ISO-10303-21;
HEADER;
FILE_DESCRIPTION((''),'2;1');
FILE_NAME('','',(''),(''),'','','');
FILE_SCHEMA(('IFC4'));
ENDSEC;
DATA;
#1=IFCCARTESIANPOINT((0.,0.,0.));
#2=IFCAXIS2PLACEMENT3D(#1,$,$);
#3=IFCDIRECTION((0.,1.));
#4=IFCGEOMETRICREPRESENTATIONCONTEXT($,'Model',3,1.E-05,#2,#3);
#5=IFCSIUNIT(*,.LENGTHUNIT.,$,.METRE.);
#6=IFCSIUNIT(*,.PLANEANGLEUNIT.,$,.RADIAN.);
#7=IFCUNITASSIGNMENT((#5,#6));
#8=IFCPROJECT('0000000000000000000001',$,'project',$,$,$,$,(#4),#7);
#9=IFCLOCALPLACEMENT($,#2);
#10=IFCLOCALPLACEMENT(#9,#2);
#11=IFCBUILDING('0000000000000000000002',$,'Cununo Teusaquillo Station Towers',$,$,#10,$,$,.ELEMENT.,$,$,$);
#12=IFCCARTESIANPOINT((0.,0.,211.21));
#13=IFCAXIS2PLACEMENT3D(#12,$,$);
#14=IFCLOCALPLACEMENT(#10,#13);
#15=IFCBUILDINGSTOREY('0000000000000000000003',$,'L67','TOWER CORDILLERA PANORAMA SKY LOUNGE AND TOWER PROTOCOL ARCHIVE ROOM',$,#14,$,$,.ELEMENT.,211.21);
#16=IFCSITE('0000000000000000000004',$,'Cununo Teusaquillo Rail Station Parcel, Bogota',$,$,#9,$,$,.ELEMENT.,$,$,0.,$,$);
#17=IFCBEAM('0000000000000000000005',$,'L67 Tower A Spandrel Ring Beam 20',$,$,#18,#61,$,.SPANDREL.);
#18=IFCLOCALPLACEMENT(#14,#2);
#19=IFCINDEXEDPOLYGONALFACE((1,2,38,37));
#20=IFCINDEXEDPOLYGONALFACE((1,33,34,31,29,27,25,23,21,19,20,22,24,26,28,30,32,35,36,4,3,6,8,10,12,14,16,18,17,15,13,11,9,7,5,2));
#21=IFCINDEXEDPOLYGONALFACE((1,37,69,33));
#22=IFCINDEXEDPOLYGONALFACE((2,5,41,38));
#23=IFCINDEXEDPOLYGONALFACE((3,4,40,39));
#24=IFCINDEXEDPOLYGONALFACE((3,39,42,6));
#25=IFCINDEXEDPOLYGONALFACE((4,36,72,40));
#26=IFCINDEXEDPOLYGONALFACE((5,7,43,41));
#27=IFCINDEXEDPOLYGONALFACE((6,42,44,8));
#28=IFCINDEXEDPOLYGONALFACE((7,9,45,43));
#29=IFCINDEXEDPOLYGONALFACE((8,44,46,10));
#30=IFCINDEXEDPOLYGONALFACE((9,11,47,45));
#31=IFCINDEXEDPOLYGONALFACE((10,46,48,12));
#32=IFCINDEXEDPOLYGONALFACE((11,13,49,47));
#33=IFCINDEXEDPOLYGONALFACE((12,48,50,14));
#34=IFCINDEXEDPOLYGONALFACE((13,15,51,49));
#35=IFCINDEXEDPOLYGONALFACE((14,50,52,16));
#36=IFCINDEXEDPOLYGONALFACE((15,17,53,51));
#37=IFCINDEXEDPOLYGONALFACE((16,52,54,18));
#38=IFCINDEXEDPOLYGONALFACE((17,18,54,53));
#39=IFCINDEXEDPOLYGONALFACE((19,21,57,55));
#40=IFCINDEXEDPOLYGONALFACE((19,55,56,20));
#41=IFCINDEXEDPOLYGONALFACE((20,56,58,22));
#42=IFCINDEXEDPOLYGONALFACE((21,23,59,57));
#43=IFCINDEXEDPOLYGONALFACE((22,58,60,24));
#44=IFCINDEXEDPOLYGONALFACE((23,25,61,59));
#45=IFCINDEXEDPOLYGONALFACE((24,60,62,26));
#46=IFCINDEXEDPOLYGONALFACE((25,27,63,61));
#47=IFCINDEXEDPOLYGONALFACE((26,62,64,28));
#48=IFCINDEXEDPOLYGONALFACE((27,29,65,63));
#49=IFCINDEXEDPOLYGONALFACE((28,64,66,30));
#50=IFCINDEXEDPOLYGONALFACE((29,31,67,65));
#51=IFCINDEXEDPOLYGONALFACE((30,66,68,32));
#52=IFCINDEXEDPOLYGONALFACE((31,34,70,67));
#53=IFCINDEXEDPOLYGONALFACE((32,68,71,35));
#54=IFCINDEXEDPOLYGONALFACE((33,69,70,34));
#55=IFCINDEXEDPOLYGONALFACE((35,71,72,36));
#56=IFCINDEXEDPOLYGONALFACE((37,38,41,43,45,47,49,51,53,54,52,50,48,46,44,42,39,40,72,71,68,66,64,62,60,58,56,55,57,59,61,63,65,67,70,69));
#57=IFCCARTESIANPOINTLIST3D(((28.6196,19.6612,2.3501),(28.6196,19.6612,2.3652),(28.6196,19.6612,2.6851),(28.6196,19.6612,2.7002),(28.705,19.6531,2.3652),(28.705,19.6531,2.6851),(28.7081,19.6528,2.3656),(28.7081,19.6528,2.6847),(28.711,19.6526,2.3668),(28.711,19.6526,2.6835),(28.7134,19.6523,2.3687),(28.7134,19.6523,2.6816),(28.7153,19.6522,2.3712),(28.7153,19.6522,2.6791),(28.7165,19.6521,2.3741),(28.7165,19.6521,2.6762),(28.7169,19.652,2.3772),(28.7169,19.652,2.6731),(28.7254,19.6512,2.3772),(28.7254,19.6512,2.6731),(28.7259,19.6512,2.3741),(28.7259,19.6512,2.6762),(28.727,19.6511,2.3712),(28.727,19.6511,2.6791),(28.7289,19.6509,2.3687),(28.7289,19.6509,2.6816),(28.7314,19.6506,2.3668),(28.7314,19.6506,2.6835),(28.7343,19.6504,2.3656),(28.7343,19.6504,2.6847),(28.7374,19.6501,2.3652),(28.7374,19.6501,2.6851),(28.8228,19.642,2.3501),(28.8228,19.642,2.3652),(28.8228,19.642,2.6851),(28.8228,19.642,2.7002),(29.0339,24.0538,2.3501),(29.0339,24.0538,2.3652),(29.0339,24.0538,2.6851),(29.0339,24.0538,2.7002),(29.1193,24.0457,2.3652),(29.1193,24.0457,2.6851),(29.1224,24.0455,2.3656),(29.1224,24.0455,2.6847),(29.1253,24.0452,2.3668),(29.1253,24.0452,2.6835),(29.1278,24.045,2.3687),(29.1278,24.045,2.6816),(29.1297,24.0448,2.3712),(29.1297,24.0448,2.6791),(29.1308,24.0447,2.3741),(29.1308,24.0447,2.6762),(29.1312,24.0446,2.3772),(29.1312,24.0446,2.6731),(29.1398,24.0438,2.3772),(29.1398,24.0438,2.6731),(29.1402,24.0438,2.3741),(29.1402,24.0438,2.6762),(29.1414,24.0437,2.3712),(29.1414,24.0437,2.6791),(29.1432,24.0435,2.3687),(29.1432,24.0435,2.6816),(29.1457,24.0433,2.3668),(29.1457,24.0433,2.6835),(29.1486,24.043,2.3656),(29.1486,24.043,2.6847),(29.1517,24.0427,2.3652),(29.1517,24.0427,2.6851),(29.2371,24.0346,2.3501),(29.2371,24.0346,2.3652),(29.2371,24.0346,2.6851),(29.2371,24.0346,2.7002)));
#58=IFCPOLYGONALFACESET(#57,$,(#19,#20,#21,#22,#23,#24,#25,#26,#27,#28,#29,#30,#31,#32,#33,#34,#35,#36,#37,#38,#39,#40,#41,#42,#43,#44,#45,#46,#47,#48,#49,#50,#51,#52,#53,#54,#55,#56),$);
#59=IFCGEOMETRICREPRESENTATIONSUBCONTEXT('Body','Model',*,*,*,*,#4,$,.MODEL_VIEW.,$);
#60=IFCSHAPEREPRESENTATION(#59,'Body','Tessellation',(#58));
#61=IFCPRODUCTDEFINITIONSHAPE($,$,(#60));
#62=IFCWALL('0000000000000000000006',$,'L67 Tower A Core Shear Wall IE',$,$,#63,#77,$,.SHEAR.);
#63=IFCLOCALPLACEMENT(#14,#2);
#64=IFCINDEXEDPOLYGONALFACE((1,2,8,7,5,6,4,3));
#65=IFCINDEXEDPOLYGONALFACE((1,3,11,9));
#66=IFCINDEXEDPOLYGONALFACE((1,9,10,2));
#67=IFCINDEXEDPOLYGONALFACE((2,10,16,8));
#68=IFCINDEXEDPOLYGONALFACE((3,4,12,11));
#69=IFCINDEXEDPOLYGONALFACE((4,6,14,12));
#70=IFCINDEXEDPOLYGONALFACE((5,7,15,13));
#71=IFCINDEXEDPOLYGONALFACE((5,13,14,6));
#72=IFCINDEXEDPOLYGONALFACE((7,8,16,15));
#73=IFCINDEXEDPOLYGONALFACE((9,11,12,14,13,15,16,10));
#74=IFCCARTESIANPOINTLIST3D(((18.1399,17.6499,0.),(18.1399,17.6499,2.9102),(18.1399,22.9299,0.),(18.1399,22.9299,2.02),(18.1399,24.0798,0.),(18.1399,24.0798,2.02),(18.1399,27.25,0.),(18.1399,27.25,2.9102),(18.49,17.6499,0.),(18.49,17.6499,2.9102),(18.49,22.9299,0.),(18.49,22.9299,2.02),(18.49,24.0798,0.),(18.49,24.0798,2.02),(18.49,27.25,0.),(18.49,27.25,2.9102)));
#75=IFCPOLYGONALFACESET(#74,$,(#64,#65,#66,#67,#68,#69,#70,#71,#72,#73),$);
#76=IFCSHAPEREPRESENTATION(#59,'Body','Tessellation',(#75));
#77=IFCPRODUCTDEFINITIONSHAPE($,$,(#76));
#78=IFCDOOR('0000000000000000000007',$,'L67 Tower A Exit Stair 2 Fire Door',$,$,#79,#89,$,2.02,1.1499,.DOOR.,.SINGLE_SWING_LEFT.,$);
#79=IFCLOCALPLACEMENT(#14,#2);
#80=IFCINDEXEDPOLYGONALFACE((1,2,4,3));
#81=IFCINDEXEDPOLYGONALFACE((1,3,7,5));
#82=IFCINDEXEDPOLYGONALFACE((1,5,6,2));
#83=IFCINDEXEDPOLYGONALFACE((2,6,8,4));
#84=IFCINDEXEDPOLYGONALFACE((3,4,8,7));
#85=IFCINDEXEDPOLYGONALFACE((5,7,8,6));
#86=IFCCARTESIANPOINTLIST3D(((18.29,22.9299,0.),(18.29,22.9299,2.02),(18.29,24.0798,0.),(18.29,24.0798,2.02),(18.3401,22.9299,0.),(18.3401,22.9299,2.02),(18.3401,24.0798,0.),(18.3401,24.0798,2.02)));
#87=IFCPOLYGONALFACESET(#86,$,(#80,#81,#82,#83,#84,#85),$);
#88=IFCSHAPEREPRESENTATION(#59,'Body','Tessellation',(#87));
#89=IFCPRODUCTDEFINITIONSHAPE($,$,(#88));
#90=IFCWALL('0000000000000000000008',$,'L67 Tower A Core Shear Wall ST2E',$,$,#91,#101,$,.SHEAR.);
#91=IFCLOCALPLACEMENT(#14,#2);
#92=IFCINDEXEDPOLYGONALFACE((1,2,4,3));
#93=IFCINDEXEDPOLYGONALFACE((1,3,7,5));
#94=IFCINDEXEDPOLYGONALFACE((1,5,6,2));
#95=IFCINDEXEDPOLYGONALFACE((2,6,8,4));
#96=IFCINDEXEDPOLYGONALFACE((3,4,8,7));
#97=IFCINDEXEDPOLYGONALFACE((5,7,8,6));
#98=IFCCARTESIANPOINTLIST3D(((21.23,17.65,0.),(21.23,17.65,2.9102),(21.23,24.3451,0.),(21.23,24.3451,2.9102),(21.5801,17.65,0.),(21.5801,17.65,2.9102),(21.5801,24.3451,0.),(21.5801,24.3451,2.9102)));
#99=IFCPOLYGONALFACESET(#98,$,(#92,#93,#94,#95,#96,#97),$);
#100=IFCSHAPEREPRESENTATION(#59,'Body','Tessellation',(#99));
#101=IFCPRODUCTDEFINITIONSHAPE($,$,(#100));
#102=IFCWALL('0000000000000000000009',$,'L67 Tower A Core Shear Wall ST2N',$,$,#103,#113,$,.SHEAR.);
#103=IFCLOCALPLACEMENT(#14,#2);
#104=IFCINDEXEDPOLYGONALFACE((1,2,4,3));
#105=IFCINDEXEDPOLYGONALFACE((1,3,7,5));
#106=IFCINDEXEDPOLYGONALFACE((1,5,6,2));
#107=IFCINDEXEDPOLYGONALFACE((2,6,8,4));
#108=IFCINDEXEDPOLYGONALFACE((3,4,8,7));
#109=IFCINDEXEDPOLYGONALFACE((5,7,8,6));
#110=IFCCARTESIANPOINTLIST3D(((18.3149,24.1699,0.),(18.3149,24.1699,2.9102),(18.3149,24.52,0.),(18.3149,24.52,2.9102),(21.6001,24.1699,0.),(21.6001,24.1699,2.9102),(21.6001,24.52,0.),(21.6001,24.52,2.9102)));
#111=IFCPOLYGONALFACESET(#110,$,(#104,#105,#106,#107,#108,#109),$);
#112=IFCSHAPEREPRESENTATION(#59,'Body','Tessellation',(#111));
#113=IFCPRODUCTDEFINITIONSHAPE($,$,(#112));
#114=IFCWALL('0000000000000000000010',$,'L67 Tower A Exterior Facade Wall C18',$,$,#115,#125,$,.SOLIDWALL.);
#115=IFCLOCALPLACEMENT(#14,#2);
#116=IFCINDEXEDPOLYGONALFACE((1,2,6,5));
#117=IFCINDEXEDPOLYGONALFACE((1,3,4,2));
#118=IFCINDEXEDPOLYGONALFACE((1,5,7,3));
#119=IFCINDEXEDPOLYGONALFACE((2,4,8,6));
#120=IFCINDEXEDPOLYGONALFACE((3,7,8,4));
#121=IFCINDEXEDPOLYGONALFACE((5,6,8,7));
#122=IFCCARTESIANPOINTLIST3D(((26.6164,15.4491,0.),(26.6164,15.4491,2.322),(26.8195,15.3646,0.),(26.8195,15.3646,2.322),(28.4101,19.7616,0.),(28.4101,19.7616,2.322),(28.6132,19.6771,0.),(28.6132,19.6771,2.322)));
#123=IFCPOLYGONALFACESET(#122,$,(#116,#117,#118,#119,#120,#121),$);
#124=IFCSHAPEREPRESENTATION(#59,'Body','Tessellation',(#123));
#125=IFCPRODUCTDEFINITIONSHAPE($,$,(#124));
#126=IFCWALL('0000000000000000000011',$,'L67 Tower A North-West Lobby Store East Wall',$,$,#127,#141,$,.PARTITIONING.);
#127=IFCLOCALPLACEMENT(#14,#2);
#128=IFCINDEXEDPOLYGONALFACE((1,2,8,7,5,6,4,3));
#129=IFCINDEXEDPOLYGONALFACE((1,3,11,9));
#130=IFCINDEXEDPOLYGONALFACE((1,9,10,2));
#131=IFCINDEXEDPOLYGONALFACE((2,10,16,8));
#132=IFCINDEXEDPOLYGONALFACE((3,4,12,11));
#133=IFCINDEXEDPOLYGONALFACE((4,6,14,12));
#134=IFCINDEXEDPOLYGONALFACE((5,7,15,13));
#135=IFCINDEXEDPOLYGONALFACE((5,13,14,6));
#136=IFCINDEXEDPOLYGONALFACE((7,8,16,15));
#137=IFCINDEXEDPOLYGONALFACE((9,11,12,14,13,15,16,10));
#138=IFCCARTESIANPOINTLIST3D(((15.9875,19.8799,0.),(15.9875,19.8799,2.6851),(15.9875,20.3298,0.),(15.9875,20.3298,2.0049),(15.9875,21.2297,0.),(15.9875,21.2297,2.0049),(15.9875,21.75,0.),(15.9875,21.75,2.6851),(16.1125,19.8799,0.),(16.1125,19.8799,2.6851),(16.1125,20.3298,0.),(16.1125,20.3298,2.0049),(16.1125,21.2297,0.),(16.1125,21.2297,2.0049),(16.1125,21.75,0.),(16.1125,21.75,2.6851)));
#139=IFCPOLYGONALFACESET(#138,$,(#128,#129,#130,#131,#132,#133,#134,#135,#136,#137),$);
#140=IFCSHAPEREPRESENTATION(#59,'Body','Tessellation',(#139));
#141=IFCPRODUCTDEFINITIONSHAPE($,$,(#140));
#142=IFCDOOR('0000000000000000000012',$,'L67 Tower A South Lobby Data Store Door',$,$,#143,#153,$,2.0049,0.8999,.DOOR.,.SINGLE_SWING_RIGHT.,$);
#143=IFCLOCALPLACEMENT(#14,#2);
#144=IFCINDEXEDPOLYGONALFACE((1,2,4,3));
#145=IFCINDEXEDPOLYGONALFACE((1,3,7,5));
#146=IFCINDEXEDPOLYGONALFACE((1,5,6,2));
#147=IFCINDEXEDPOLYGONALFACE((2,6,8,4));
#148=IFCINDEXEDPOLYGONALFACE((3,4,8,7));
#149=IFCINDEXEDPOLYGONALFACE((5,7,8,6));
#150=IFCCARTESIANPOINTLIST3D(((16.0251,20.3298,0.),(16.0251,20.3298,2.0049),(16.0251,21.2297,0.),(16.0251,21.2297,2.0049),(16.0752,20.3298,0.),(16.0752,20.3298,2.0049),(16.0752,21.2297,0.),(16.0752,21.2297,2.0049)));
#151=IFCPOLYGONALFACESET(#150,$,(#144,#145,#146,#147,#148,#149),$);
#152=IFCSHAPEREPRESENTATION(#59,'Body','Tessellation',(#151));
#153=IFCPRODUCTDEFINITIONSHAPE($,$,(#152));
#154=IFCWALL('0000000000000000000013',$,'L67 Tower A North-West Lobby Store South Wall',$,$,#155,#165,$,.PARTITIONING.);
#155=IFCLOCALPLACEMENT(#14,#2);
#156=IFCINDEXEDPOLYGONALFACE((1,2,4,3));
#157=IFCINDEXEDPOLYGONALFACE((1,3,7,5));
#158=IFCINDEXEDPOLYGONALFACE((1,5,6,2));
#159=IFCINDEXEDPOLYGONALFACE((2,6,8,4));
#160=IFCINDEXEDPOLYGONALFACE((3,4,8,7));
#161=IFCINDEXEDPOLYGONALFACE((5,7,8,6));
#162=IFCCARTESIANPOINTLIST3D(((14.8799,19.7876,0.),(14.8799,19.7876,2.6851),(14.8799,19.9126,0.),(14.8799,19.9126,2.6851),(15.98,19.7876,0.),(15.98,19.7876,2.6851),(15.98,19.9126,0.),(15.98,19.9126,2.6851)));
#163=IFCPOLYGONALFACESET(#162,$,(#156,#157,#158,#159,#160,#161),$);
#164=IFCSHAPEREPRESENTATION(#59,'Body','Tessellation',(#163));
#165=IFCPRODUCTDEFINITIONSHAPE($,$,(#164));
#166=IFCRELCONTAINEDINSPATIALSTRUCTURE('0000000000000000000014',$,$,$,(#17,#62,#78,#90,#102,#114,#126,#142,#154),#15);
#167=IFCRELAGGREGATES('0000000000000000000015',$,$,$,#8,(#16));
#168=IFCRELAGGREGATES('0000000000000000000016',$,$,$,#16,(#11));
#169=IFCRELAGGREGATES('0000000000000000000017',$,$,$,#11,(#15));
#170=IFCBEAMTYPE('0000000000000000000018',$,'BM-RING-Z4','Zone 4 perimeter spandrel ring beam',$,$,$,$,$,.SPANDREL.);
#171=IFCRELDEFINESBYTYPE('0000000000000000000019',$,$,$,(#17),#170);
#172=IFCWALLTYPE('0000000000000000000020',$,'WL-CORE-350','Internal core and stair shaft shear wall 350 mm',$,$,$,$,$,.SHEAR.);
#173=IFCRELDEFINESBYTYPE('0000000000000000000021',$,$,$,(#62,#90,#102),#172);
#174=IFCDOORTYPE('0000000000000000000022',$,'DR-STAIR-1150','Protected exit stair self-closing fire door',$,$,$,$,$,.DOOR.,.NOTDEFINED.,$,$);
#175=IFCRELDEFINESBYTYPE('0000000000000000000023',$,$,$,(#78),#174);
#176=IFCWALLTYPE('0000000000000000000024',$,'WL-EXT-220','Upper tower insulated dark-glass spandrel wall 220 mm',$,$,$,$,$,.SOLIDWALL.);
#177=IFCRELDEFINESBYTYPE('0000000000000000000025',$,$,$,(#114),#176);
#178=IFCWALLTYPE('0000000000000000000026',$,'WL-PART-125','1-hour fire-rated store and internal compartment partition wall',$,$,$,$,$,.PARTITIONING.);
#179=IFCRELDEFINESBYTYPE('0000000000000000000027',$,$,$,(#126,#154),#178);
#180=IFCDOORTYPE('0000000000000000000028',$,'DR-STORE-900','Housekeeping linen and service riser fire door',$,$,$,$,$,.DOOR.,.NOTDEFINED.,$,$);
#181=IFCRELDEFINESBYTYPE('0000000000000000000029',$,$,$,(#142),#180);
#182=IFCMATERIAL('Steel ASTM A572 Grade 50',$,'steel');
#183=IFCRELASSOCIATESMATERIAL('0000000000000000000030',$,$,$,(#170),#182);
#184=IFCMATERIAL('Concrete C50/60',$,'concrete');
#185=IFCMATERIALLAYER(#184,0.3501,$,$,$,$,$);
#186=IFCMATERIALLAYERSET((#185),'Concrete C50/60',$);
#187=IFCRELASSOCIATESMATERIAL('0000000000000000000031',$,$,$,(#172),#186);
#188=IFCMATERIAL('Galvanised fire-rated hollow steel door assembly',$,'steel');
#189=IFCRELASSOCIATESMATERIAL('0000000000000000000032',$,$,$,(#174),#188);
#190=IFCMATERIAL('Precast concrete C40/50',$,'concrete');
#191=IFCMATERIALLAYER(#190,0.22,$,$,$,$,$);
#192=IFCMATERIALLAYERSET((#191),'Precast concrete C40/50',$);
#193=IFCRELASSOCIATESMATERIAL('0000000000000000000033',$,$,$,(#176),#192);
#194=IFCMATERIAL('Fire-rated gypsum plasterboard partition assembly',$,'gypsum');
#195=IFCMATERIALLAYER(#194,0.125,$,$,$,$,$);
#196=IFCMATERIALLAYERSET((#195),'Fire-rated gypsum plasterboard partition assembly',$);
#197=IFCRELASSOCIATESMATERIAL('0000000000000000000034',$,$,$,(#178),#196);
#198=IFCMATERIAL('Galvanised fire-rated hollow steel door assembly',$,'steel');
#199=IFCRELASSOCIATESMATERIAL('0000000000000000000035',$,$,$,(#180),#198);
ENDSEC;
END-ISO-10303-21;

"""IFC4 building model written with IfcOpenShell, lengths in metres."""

from ifc_helpers import new_model, si_unit, direction, frame, frame_2d, origin, origin_2d, place, context, subcontext, project, spatial, rectangle, i_section, extrude, source, transform, mapped, material, layer, layer_set, material_profile, profile_set, type_object, element, fill, save


model = new_model("IFC4")

# Units and contexts
model_context = context("Model", 3, precision=1e-05, world=origin(), true_north=direction((0.0, 1.0)))
body_context = subcontext(model_context, "Body", "Model", "MODEL_VIEW")
ifc_project = project(units=[si_unit("LENGTHUNIT", "METRE"), si_unit("PLANEANGLEUNIT", "RADIAN")], contexts=[model_context])

# Site, building, storey
site_placement = place(None, origin())
site = spatial("IfcSite", under=ifc_project, at=site_placement, Name="Cununo Teusaquillo Rail Station Parcel, Bogota", CompositionType="ELEMENT", RefElevation=0.0)
building_placement = place(site_placement, origin())
building = spatial("IfcBuilding", under=site, at=building_placement, Name="Cununo Teusaquillo Station Towers", CompositionType="ELEMENT")
storey_placement = place(building_placement, frame((0.0, 0.0, 211.21)))
storey = spatial("IfcBuildingStorey", under=building, at=storey_placement, Name="L67", Description="TOWER CORDILLERA PANORAMA SKY LOUNGE AND TOWER PROTOCOL ARCHIVE ROOM", CompositionType="ELEMENT", Elevation=211.21)

# Beam
ifc_material_1 = material(Name="Steel ASTM A572 Grade 50", Category="steel")
ifc_material_profile_1 = material_profile(ifc_material_1, i_section(OverallWidth=0.2041, OverallDepth=0.3501, WebThickness=0.0085, FlangeThickness=0.0151, FilletRadius=0.012, at=origin_2d()), Name="W14X48")
ifc_profile_set_1 = profile_set([ifc_material_profile_1], Name="Steel ASTM A572 Grade 50")
beam_type_1 = type_object("IfcBeamType", Name="BM-RING-Z4", Description="Zone 4 perimeter spandrel ring beam", PredefinedType="SPANDREL", material=ifc_profile_set_1)
beam_1_placement = place(storey_placement, frame((28.7212, 19.6516, 2.5251), z_axis=(0.093903, 0.995581, 0.0), x_axis=(-0.995581, 0.093903, 0.0)))
element("IfcBeam", 1, at=beam_1_placement, inside=storey, type_object=beam_type_1, Name="L67 Tower A Spandrel Ring Beam 20", PredefinedType="SPANDREL", context=body_context, shape_type="SweptSolid", body=[
    extrude(i_section(OverallWidth=0.2041, OverallDepth=0.3501, WebThickness=0.0085, FlangeThickness=0.0151, FilletRadius=0.012, at=origin_2d()), origin(), (0.0, 0.0, 1.0), 4.4121),
])

# Wall, opening, door
ifc_material_2 = material(Name="Concrete C50/60", Category="concrete")
ifc_layer_1 = layer(ifc_material_2, 0.3501)
ifc_layer_set_1 = layer_set([ifc_layer_1], Name="Concrete C50/60")
wall_type_1 = type_object("IfcWallType", Name="WL-CORE-350", Description="Internal core and stair shaft shear wall 350 mm", PredefinedType="SHEAR", material=ifc_layer_set_1)
wall_1_placement = place(storey_placement, frame((18.3149, 17.6499, 0.0), z_axis=(0.0, 0.0, 1.0), x_axis=(0.0, 1.0, 0.0)))
wall_1 = element("IfcWall", 2, at=wall_1_placement, inside=storey, type_object=wall_type_1, Name="L67 Tower A Core Shear Wall IE", PredefinedType="SHEAR", context=body_context, shape_type="SweptSolid", body=[
    extrude(rectangle(XDim=9.6001, YDim=0.3501, at=frame_2d((4.8, 0.0))), origin(), (0.0, 0.0, 1.0), 2.9102),
])
shared_shape_1 = source(origin(), body_context, "Body", "SweptSolid", [
    extrude(rectangle(XDim=1.1499, YDim=2.02, at=frame_2d((0.575, 1.01))), frame((0.0, 0.1851, 0.0), z_axis=(0.0, -1.0, 0.0), x_axis=(1.0, 0.0, 0.0)), (0.0, 0.0, 1.0), 0.3701),
])
opening_1_placement = place(wall_1_placement, frame((5.28, 0.0, 0.0)))
opening_1 = element("IfcOpeningElement", 3, at=opening_1_placement, cuts=wall_1, PredefinedType="OPENING", context=body_context, shape_type="MappedRepresentation", body=[
    mapped(shared_shape_1, transform((0.0, 0.0, 0.0), x_axis=(1.0, 0.0, 0.0), y_axis=(0.0, 1.0, 0.0), z_axis=(0.0, 0.0, 1.0), scale=1.0)),
])
ifc_material_3 = material(Name="Galvanised fire-rated hollow steel door assembly", Category="steel")
door_type_1 = type_object("IfcDoorType", Name="DR-STAIR-1150", Description="Protected exit stair self-closing fire door", OperationType="NOTDEFINED", PredefinedType="DOOR", material=ifc_material_3)
shared_shape_2 = source(origin(), body_context, "Body", "SweptSolid", [
    extrude(rectangle(XDim=1.1499, YDim=2.02, at=frame_2d((0.575, 1.01))), frame((0.0, 0.0249, 0.0), z_axis=(0.0, -1.0, 0.0), x_axis=(1.0, 0.0, 0.0)), (0.0, 0.0, 1.0), 0.05),
])
door_1_placement = place(opening_1_placement, origin())
door_1 = element("IfcDoor", 4, at=door_1_placement, inside=storey, type_object=door_type_1, Name="L67 Tower A Exit Stair 2 Fire Door", OperationType="SINGLE_SWING_LEFT", OverallHeight=2.02, OverallWidth=1.1499, PredefinedType="DOOR", context=body_context, shape_type="MappedRepresentation", body=[
    mapped(shared_shape_2, transform((0.0, 0.0, 0.0), x_axis=(1.0, 0.0, 0.0), y_axis=(0.0, 1.0, 0.0), z_axis=(0.0, 0.0, 1.0), scale=1.0)),
])
fill(opening_1, door_1)

# Walls
wall_2_placement = place(storey_placement, frame((21.405, 17.6499, 0.0), z_axis=(0.0, 0.0, 1.0), x_axis=(0.0, 1.0, 0.0)))
element("IfcWall", 5, at=wall_2_placement, inside=storey, type_object=wall_type_1, Name="L67 Tower A Core Shear Wall ST2E", PredefinedType="SHEAR", context=body_context, shape_type="SweptSolid", body=[
    extrude(rectangle(XDim=6.6951, YDim=0.3501, at=frame_2d((3.3477, 0.0))), origin(), (0.0, 0.0, 1.0), 2.9102),
])
wall_3_placement = place(storey_placement, frame((18.3149, 24.345, 0.0), z_axis=(0.0, 0.0, 1.0), x_axis=(1.0, 0.0, 0.0)))
element("IfcWall", 6, at=wall_3_placement, inside=storey, type_object=wall_type_1, Name="L67 Tower A Core Shear Wall ST2N", PredefinedType="SHEAR", context=body_context, shape_type="SweptSolid", body=[
    extrude(rectangle(XDim=3.2852, YDim=0.3501, at=frame_2d((1.6426, 0.0))), origin(), (0.0, 0.0, 1.0), 2.9102),
])
ifc_material_4 = material(Name="Precast concrete C40/50", Category="concrete")
ifc_layer_2 = layer(ifc_material_4, 0.22)
ifc_layer_set_2 = layer_set([ifc_layer_2], Name="Precast concrete C40/50")
wall_type_2 = type_object("IfcWallType", Name="WL-EXT-220", Description="Upper tower insulated dark-glass spandrel wall 220 mm", PredefinedType="SOLIDWALL", material=ifc_layer_set_2)
wall_4_placement = place(storey_placement, frame((28.5117, 19.7195, 0.0), z_axis=(0.0, 0.0, 1.0), x_axis=(-0.384036, -0.923318, 0.0)))
element("IfcWall", 7, at=wall_4_placement, inside=storey, type_object=wall_type_2, Name="L67 Tower A Exterior Facade Wall C18", PredefinedType="SOLIDWALL", context=body_context, shape_type="SweptSolid", body=[
    extrude(rectangle(XDim=4.6707, YDim=0.22, at=frame_2d((2.3354, 0.0))), origin(), (0.0, 0.0, 1.0), 2.322),
])

# Wall, opening, door
ifc_material_5 = material(Name="Fire-rated gypsum plasterboard partition assembly", Category="gypsum")
ifc_layer_3 = layer(ifc_material_5, 0.125)
ifc_layer_set_3 = layer_set([ifc_layer_3], Name="Fire-rated gypsum plasterboard partition assembly")
wall_type_3 = type_object("IfcWallType", Name="WL-PART-125", Description="1-hour fire-rated store and internal compartment partition wall", PredefinedType="PARTITIONING", material=ifc_layer_set_3)
wall_5_placement = place(storey_placement, frame((16.05, 19.8799, 0.0), z_axis=(0.0, 0.0, 1.0), x_axis=(0.0, 1.0, 0.0)))
wall_5 = element("IfcWall", 8, at=wall_5_placement, inside=storey, type_object=wall_type_3, Name="L67 Tower A North-West Lobby Store East Wall", PredefinedType="PARTITIONING", context=body_context, shape_type="SweptSolid", body=[
    extrude(rectangle(XDim=1.8701, YDim=0.125, at=frame_2d((0.9351, 0.0))), origin(), (0.0, 0.0, 1.0), 2.6851),
])
shared_shape_3 = source(origin(), body_context, "Body", "SweptSolid", [
    extrude(rectangle(XDim=0.8999, YDim=2.0049, at=frame_2d((0.45, 1.0024))), frame((0.0, 0.0725, 0.0), z_axis=(0.0, -1.0, 0.0), x_axis=(1.0, 0.0, 0.0)), (0.0, 0.0, 1.0), 0.145),
])
opening_2_placement = place(wall_5_placement, frame((0.45, 0.0, 0.0)))
opening_2 = element("IfcOpeningElement", 9, at=opening_2_placement, cuts=wall_5, PredefinedType="OPENING", context=body_context, shape_type="MappedRepresentation", body=[
    mapped(shared_shape_3, transform((0.0, 0.0, 0.0), x_axis=(1.0, 0.0, 0.0), y_axis=(0.0, 1.0, 0.0), z_axis=(0.0, 0.0, 1.0), scale=1.0)),
])
ifc_material_6 = material(Name="Galvanised fire-rated hollow steel door assembly", Category="steel")
door_type_2 = type_object("IfcDoorType", Name="DR-STORE-900", Description="Housekeeping linen and service riser fire door", OperationType="NOTDEFINED", PredefinedType="DOOR", material=ifc_material_6)
shared_shape_4 = source(origin(), body_context, "Body", "SweptSolid", [
    extrude(rectangle(XDim=0.8999, YDim=2.0049, at=frame_2d((0.45, 1.0024))), frame((0.0, 0.0249, 0.0), z_axis=(0.0, -1.0, 0.0), x_axis=(1.0, 0.0, 0.0)), (0.0, 0.0, 1.0), 0.05),
])
door_2_placement = place(opening_2_placement, origin())
door_2 = element("IfcDoor", 10, at=door_2_placement, inside=storey, type_object=door_type_2, Name="L67 Tower A South Lobby Data Store Door", OperationType="SINGLE_SWING_RIGHT", OverallHeight=2.0049, OverallWidth=0.8999, PredefinedType="DOOR", context=body_context, shape_type="MappedRepresentation", body=[
    mapped(shared_shape_4, transform((0.0, 0.0, 0.0), x_axis=(1.0, 0.0, 0.0), y_axis=(0.0, 1.0, 0.0), z_axis=(0.0, 0.0, 1.0), scale=1.0)),
])
fill(opening_2, door_2)

# Wall
wall_6_placement = place(storey_placement, frame((14.8799, 19.8501, 0.0), z_axis=(0.0, 0.0, 1.0), x_axis=(1.0, 0.0, 0.0)))
element("IfcWall", 11, at=wall_6_placement, inside=storey, type_object=wall_type_3, Name="L67 Tower A North-West Lobby Store South Wall", PredefinedType="PARTITIONING", context=body_context, shape_type="SweptSolid", body=[
    extrude(rectangle(XDim=1.1001, YDim=0.125, at=frame_2d((0.55, 0.0))), origin(), (0.0, 0.0, 1.0), 2.6851),
])

save(model, "model.ifc")
